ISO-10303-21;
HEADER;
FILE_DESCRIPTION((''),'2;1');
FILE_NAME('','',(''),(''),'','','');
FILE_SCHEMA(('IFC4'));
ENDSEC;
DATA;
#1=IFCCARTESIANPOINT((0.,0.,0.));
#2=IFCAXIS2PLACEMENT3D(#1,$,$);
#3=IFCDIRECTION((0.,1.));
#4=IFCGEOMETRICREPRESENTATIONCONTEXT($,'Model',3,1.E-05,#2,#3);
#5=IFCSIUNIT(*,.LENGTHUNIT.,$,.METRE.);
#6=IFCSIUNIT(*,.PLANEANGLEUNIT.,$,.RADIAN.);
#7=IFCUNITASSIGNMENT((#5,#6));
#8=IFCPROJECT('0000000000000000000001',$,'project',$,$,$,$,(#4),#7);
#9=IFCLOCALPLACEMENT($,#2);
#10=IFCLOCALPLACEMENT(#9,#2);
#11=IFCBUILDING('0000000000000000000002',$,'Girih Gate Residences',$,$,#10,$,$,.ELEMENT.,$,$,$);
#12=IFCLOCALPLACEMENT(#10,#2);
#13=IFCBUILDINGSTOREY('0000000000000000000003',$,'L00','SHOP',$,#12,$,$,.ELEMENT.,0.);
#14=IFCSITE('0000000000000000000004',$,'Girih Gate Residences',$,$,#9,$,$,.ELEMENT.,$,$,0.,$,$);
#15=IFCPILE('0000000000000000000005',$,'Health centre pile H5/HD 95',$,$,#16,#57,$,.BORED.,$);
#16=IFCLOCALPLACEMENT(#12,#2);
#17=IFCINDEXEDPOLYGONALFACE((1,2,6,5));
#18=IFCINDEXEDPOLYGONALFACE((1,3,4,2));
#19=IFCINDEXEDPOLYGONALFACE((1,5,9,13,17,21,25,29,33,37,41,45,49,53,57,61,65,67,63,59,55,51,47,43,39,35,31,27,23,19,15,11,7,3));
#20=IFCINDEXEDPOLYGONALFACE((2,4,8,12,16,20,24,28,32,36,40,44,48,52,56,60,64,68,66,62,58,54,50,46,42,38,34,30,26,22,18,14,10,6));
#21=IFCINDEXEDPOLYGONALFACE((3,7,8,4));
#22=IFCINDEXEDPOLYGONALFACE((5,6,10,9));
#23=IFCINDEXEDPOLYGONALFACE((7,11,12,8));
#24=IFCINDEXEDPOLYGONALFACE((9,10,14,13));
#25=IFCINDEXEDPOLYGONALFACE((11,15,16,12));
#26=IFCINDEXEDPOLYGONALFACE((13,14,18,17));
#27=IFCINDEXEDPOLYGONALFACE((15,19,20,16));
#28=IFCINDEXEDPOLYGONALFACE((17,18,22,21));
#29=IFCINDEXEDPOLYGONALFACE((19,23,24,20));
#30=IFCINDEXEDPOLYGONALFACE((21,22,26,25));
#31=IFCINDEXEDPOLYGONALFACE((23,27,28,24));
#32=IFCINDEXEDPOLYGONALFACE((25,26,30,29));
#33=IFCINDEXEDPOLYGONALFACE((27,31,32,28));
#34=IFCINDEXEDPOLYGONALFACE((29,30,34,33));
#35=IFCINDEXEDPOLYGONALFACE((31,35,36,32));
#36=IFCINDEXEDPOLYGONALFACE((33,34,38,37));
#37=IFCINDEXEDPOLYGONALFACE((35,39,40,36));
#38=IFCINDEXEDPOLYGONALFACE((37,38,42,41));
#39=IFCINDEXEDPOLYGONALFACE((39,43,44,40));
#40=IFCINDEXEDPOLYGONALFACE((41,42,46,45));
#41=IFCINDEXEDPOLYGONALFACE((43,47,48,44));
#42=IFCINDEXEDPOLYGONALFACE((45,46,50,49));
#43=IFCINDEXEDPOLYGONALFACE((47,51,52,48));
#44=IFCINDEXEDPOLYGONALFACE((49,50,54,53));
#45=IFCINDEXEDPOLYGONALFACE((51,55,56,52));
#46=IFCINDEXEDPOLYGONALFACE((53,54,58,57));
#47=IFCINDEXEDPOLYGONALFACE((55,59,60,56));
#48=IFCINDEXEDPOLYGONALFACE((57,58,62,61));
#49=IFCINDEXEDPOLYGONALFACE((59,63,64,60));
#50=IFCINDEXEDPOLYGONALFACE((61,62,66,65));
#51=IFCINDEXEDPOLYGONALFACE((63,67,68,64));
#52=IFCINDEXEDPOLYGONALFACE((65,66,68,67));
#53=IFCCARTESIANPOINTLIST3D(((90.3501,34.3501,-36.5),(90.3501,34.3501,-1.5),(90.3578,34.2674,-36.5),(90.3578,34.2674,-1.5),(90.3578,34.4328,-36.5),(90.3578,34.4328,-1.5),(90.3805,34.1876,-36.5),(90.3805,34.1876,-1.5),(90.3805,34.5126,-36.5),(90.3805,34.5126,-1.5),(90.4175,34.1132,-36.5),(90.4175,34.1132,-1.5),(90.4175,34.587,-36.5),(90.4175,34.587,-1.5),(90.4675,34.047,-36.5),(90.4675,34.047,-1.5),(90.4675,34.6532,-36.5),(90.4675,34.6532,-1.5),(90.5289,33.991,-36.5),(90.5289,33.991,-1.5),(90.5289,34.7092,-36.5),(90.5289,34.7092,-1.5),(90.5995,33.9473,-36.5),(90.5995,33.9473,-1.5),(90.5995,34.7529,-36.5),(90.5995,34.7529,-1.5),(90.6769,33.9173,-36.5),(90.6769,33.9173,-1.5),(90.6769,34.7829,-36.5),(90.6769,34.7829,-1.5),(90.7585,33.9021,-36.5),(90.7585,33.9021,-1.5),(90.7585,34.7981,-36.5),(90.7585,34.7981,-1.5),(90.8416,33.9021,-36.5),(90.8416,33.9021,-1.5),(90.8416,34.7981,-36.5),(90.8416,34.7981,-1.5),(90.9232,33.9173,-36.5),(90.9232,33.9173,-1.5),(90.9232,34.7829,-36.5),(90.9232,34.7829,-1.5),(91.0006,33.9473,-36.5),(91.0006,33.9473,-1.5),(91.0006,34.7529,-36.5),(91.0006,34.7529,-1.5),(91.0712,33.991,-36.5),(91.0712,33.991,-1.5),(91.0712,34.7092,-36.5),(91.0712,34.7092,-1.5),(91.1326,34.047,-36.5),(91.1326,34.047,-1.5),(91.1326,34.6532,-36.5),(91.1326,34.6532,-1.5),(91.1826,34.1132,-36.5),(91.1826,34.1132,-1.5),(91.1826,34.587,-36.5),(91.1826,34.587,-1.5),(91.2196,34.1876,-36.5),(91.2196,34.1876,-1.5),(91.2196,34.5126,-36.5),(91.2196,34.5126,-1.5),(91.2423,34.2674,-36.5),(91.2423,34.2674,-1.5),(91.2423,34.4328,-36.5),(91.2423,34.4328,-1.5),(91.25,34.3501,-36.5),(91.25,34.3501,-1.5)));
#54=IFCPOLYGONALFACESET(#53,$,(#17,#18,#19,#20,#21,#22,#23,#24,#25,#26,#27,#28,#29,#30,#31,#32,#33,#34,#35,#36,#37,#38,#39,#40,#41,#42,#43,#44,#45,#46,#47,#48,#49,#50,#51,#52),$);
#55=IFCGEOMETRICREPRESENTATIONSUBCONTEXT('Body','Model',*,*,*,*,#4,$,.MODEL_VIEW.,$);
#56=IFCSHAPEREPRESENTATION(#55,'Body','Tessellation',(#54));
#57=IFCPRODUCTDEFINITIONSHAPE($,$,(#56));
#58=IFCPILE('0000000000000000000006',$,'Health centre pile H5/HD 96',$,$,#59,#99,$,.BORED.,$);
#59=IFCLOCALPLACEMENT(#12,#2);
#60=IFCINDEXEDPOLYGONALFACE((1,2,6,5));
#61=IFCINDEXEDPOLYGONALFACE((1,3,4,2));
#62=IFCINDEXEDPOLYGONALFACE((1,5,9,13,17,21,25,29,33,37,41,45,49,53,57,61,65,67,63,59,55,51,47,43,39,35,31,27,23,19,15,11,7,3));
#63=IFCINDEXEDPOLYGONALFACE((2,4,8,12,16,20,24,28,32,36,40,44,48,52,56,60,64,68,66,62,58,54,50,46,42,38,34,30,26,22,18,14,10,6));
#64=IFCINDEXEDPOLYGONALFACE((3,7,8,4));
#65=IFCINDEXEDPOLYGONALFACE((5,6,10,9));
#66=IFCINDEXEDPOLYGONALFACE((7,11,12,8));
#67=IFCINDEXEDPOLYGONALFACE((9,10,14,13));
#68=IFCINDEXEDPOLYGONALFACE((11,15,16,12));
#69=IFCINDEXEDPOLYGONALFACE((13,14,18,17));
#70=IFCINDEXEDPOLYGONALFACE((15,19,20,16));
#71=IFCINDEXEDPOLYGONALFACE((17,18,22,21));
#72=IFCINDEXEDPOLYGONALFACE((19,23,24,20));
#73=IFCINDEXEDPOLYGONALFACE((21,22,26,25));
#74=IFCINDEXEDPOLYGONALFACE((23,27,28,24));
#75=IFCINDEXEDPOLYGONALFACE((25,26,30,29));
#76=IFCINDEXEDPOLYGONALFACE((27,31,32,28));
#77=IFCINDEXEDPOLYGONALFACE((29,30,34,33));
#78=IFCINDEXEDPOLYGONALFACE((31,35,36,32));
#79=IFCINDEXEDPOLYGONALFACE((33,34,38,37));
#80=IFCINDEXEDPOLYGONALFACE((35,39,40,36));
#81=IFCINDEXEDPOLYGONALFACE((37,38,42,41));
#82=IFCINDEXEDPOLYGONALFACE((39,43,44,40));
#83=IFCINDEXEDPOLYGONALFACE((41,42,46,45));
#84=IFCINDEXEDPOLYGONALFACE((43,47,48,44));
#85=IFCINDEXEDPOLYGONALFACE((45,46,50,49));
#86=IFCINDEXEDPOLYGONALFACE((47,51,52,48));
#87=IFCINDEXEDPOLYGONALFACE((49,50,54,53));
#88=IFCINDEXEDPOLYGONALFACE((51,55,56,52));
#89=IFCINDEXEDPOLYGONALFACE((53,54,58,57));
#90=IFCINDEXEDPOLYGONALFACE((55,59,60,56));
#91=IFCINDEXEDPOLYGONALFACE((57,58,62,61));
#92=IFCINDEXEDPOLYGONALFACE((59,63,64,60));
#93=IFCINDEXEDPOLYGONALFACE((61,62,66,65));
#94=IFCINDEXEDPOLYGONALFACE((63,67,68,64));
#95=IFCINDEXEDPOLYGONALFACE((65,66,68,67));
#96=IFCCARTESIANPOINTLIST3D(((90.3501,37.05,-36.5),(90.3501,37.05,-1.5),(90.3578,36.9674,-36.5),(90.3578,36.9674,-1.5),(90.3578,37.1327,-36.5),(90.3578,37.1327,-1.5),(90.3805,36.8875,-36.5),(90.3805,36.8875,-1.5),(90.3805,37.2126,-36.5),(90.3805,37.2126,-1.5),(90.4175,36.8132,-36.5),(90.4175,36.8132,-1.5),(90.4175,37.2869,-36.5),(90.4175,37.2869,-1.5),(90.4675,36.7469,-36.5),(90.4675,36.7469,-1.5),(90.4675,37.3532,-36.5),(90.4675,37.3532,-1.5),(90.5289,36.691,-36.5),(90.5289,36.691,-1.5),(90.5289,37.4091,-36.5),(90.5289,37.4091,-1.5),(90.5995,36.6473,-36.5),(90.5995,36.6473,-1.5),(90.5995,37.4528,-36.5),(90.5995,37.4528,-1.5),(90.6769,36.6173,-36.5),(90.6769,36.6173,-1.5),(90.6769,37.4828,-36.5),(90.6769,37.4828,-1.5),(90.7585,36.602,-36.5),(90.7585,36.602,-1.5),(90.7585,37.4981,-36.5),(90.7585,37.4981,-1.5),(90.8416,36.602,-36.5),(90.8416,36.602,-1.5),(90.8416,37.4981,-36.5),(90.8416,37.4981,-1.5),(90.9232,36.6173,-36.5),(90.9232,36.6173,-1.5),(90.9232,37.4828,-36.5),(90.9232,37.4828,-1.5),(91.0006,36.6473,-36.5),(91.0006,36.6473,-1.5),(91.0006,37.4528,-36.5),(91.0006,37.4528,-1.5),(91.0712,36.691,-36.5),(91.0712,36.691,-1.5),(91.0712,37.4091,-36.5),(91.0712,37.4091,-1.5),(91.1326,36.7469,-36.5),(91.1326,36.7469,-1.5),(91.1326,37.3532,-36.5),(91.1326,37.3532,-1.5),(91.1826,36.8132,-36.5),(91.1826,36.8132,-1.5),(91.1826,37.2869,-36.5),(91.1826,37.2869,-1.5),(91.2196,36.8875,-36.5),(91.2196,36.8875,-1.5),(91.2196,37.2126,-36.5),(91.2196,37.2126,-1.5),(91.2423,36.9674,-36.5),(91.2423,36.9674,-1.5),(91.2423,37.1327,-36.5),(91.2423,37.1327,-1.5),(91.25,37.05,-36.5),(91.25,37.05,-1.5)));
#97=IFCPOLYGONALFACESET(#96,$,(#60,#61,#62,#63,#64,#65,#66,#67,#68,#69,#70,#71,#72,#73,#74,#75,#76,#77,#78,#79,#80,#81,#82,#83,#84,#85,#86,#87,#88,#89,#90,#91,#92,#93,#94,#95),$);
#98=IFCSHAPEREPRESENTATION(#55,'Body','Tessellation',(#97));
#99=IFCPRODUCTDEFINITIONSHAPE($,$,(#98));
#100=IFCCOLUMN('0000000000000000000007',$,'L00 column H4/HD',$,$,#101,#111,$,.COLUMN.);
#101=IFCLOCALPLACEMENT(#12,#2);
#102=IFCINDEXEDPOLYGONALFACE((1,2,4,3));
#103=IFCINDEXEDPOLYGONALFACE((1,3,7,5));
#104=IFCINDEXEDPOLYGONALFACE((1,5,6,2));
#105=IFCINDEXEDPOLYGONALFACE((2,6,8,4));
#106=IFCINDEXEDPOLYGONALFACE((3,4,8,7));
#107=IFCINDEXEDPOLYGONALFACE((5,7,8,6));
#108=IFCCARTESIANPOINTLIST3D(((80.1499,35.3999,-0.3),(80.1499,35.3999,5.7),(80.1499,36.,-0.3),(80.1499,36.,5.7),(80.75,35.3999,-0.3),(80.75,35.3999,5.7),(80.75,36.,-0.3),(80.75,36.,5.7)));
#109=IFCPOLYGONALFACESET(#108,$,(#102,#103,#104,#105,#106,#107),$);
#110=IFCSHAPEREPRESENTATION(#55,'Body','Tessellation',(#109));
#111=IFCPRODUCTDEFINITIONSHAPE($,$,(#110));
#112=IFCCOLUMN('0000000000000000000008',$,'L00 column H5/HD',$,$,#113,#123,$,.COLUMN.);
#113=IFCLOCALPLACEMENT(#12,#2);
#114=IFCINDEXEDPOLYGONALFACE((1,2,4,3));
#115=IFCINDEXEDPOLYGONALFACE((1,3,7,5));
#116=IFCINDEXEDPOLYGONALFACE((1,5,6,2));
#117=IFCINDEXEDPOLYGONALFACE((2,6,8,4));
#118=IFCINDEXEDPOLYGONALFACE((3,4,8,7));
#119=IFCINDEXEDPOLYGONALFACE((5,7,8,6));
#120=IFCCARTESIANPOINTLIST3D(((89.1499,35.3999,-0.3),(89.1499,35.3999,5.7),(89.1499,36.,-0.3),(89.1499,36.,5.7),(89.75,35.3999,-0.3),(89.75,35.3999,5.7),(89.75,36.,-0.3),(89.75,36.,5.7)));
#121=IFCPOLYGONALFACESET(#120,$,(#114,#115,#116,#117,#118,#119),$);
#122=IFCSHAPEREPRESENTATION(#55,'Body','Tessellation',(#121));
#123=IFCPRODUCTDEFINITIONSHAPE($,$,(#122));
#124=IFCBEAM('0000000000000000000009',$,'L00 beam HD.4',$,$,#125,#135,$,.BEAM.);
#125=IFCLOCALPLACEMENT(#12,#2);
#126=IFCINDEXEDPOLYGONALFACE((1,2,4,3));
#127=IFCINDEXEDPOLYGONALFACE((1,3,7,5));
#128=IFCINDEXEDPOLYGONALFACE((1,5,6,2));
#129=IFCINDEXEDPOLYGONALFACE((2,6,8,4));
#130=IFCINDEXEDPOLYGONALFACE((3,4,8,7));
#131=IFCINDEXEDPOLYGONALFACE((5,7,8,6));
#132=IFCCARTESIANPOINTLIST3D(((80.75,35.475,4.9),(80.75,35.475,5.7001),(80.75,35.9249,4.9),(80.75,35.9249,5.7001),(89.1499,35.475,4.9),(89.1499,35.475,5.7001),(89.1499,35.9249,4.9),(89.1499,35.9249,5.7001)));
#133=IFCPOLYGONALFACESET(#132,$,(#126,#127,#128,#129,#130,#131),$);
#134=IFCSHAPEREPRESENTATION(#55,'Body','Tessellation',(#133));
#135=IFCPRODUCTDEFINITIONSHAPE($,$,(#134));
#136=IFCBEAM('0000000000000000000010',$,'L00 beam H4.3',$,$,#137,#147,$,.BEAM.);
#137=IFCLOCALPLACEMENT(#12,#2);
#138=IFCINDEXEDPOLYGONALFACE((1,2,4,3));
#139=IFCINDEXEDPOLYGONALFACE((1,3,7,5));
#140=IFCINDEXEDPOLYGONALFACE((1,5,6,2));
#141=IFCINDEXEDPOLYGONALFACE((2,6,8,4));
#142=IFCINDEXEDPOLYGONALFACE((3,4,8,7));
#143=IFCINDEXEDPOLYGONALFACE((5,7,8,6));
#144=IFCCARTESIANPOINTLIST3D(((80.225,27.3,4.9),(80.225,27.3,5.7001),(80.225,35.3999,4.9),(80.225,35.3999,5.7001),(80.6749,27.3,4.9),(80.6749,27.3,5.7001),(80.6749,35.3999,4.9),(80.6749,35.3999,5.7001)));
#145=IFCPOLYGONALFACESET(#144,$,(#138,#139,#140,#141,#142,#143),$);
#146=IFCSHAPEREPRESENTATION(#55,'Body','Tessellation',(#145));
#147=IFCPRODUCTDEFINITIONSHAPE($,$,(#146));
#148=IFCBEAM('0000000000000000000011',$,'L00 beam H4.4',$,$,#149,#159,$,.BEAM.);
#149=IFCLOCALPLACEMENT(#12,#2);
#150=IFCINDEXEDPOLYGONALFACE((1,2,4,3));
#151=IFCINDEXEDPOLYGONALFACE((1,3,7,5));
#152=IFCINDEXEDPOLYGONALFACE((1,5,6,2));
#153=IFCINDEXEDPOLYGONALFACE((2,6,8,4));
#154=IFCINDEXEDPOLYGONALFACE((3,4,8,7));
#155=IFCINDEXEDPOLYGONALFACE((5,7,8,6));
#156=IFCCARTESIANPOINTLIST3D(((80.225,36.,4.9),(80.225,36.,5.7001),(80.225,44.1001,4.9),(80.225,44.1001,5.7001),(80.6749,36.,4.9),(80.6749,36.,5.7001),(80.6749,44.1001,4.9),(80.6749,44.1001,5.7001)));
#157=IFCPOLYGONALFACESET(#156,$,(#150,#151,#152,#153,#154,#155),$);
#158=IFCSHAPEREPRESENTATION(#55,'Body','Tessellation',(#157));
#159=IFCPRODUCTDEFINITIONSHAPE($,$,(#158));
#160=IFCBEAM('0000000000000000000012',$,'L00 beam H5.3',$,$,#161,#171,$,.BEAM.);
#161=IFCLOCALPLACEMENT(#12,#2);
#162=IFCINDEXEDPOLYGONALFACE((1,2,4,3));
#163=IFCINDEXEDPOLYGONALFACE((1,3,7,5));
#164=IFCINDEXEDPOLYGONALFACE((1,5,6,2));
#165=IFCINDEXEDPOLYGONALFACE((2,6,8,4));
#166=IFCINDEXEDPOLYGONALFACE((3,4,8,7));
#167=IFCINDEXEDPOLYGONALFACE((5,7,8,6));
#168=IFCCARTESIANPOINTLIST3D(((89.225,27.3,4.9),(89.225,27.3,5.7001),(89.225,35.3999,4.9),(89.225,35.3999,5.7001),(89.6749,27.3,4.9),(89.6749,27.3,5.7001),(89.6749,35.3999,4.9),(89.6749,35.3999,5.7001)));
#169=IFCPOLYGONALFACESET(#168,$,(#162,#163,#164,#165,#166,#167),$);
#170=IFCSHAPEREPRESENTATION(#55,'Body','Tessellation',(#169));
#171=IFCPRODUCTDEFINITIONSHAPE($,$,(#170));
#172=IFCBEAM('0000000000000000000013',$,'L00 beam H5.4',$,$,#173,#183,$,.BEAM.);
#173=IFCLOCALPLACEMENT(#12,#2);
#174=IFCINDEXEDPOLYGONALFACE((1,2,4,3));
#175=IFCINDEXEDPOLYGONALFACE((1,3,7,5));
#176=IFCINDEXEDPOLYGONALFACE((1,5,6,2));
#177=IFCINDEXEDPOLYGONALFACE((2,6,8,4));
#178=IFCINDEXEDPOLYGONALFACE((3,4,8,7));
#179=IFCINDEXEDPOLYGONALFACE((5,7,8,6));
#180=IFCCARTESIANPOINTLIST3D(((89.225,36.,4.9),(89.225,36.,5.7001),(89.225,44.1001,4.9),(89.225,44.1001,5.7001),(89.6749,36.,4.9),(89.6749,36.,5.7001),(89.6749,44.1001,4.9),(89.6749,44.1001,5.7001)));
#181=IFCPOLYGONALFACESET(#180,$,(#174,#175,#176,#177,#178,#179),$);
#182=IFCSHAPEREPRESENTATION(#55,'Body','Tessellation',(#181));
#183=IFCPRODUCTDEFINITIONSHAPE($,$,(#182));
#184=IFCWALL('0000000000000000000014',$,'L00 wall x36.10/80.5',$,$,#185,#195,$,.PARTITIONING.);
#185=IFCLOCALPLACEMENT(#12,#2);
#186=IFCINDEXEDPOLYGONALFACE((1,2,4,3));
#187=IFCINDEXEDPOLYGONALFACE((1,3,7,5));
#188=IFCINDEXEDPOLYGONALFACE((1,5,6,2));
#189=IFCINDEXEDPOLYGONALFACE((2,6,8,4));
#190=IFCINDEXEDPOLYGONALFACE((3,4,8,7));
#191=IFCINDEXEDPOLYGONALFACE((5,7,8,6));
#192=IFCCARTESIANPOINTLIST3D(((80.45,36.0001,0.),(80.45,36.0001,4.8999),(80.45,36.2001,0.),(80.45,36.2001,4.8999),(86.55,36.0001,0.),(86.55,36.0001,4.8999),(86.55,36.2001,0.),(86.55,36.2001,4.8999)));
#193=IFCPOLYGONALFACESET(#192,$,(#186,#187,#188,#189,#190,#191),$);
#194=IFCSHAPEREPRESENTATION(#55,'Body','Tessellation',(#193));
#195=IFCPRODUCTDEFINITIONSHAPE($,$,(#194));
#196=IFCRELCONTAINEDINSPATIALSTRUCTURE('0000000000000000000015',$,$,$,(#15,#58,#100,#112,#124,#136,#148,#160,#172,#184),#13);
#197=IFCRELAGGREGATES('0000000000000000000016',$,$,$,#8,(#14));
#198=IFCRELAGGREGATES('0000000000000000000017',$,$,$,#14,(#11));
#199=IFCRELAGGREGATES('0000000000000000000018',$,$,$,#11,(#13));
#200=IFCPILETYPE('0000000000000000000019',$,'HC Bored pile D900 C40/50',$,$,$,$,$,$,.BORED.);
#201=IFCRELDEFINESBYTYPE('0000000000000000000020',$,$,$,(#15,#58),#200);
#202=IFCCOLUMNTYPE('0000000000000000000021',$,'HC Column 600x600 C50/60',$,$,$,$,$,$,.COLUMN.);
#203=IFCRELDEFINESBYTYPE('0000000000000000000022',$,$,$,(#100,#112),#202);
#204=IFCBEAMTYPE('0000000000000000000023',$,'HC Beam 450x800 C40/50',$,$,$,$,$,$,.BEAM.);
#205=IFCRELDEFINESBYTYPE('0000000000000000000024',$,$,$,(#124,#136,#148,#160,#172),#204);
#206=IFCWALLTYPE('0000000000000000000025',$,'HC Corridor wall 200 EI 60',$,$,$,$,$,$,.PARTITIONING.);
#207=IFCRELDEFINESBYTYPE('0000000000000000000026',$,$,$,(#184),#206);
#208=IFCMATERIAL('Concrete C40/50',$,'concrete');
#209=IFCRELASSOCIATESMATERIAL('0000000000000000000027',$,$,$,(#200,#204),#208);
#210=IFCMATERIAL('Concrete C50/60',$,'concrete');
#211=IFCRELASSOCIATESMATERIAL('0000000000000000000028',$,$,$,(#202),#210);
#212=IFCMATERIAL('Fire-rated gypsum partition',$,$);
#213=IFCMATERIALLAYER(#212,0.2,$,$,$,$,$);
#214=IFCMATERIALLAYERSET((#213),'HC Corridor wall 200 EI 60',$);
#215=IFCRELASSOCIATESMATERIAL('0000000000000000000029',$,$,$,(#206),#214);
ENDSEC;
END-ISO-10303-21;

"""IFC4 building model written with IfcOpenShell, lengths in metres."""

from ifc_helpers import new_model, si_unit, direction, frame, frame_2d, origin, origin_2d, place, context, subcontext, project, spatial, rectangle, circle, extrude, material, layer, layer_set, material_profile, profile_set, type_object, element, save


model = new_model("IFC4")

# Units and contexts
model_context = context("Model", 3, precision=1e-05, world=origin(), true_north=direction((0.0, 1.0)))
body_context = subcontext(model_context, "Body", "Model", "MODEL_VIEW")
ifc_project = project(units=[si_unit("LENGTHUNIT", "METRE"), si_unit("PLANEANGLEUNIT", "RADIAN")], contexts=[model_context])

# Site, building, storey
site_placement = place(None, origin())
site = spatial("IfcSite", under=ifc_project, at=site_placement, Name="Girih Gate Residences", CompositionType="ELEMENT", RefElevation=0.0)
building_placement = place(site_placement, origin())
building = spatial("IfcBuilding", under=site, at=building_placement, Name="Girih Gate Residences", CompositionType="ELEMENT")
storey_placement = place(building_placement, origin())
storey = spatial("IfcBuildingStorey", under=building, at=storey_placement, Name="L00", Description="SHOP", CompositionType="ELEMENT", Elevation=0.0)

# Piles
ifc_material_1 = material(Name="Concrete C40/50", Category="concrete")
ifc_material_profile_1 = material_profile(ifc_material_1, circle(Radius=0.45, at=origin_2d()))
ifc_profile_set_1 = profile_set([ifc_material_profile_1], Name="Concrete C40/50")
pile_type = type_object("IfcPileType", Name="HC Bored pile D900 C40/50", PredefinedType="BORED", material=ifc_profile_set_1)
for number, where, z_axis, x_axis, name in (
    (1, (90.8, 34.3501, -1.5), (0.0, 0.0, -1.0), (1.0, 0.0, 0.0), "Health centre pile H5/HD 95"),
    (2, (90.8, 37.05, -1.5), (0.0, 0.0, -1.0), (1.0, 0.0, 0.0), "Health centre pile H5/HD 96"),
):
    element("IfcPile", number, at=place(storey_placement, frame(where, z_axis=z_axis, x_axis=x_axis)), inside=storey, type_object=pile_type, Name=name, PredefinedType="BORED", context=body_context, shape_type="SweptSolid", body=[
        extrude(circle(Radius=0.45, at=origin_2d()), origin(), (0.0, 0.0, 1.0), 35.0),
    ])

# Columns
ifc_material_2 = material(Name="Concrete C50/60", Category="concrete")
ifc_material_profile_2 = material_profile(ifc_material_2, rectangle(XDim=0.6001, YDim=0.6001, at=origin_2d()))
ifc_profile_set_2 = profile_set([ifc_material_profile_2], Name="Concrete C50/60")
column_type = type_object("IfcColumnType", Name="HC Column 600x600 C50/60", PredefinedType="COLUMN", material=ifc_profile_set_2)
for number, where, z_axis, x_axis, name in (
    (3, (80.45, 35.7, -0.3), (0.0, 0.0, 1.0), (1.0, 0.0, 0.0), "L00 column H4/HD"),
    (4, (89.45, 35.7, -0.3), (0.0, 0.0, 1.0), (1.0, 0.0, 0.0), "L00 column H5/HD"),
):
    element("IfcColumn", number, at=place(storey_placement, frame(where, z_axis=z_axis, x_axis=x_axis)), inside=storey, type_object=column_type, Name=name, PredefinedType="COLUMN", context=body_context, shape_type="SweptSolid", body=[
        extrude(rectangle(XDim=0.6001, YDim=0.6001, at=origin_2d()), origin(), (0.0, 0.0, 1.0), 6.0),
    ])

# Beams
ifc_material_profile_3 = material_profile(ifc_material_1, rectangle(XDim=0.45, YDim=0.8, at=origin_2d()))
ifc_profile_set_3 = profile_set([ifc_material_profile_3], Name="Concrete C40/50")
beam_type = type_object("IfcBeamType", Name="HC Beam 450x800 C40/50", PredefinedType="BEAM", material=ifc_profile_set_3)
beam_1_placement = place(storey_placement, frame((80.75, 35.7, 5.3), z_axis=(1.0, 0.0, 0.0), x_axis=(0.0, 1.0, 0.0)))
element("IfcBeam", 5, at=beam_1_placement, inside=storey, type_object=beam_type, Name="L00 beam HD.4", PredefinedType="BEAM", context=body_context, shape_type="SweptSolid", body=[
    extrude(rectangle(XDim=0.45, YDim=0.8, at=origin_2d()), origin(), (0.0, 0.0, 1.0), 8.3999),
])
beam_2_placement = place(storey_placement, frame((80.45, 27.3, 5.3), z_axis=(0.0, 1.0, 0.0), x_axis=(-1.0, 0.0, 0.0)))
element("IfcBeam", 6, at=beam_2_placement, inside=storey, type_object=beam_type, Name="L00 beam H4.3", PredefinedType="BEAM", context=body_context, shape_type="SweptSolid", body=[
    extrude(rectangle(XDim=0.45, YDim=0.8, at=origin_2d()), origin(), (0.0, 0.0, 1.0), 8.0999),
])
beam_3_placement = place(storey_placement, frame((80.45, 36.0, 5.3), z_axis=(0.0, 1.0, 0.0), x_axis=(-1.0, 0.0, 0.0)))
element("IfcBeam", 7, at=beam_3_placement, inside=storey, type_object=beam_type, Name="L00 beam H4.4", PredefinedType="BEAM", context=body_context, shape_type="SweptSolid", body=[
    extrude(rectangle(XDim=0.45, YDim=0.8, at=origin_2d()), origin(), (0.0, 0.0, 1.0), 8.1001),
])
beam_4_placement = place(storey_placement, frame((89.45, 27.3, 5.3), z_axis=(0.0, 1.0, 0.0), x_axis=(-1.0, 0.0, 0.0)))
element("IfcBeam", 8, at=beam_4_placement, inside=storey, type_object=beam_type, Name="L00 beam H5.3", PredefinedType="BEAM", context=body_context, shape_type="SweptSolid", body=[
    extrude(rectangle(XDim=0.45, YDim=0.8, at=origin_2d()), origin(), (0.0, 0.0, 1.0), 8.0999),
])
beam_5_placement = place(storey_placement, frame((89.45, 36.0, 5.3), z_axis=(0.0, 1.0, 0.0), x_axis=(-1.0, 0.0, 0.0)))
element("IfcBeam", 9, at=beam_5_placement, inside=storey, type_object=beam_type, Name="L00 beam H5.4", PredefinedType="BEAM", context=body_context, shape_type="SweptSolid", body=[
    extrude(rectangle(XDim=0.45, YDim=0.8, at=origin_2d()), origin(), (0.0, 0.0, 1.0), 8.1001),
])

# Wall
ifc_material_3 = material(Name="Fire-rated gypsum partition")
ifc_layer_1 = layer(ifc_material_3, 0.2)
ifc_layer_set_1 = layer_set([ifc_layer_1], Name="HC Corridor wall 200 EI 60")
wall_type_1 = type_object("IfcWallType", Name="HC Corridor wall 200 EI 60", PredefinedType="PARTITIONING", material=ifc_layer_set_1)
wall_1_placement = place(storey_placement, frame((80.45, 36.1001, 0.0), z_axis=(0.0, 0.0, 1.0), x_axis=(1.0, 0.0, 0.0)))
element("IfcWall", 10, at=wall_1_placement, inside=storey, type_object=wall_type_1, Name="L00 wall x36.10/80.5", PredefinedType="PARTITIONING", context=body_context, shape_type="SweptSolid", body=[
    extrude(rectangle(XDim=6.1001, YDim=0.2, at=frame_2d((3.05, 0.0))), origin(), (0.0, 0.0, 1.0), 4.8999),
])

save(model, "model.ifc")
